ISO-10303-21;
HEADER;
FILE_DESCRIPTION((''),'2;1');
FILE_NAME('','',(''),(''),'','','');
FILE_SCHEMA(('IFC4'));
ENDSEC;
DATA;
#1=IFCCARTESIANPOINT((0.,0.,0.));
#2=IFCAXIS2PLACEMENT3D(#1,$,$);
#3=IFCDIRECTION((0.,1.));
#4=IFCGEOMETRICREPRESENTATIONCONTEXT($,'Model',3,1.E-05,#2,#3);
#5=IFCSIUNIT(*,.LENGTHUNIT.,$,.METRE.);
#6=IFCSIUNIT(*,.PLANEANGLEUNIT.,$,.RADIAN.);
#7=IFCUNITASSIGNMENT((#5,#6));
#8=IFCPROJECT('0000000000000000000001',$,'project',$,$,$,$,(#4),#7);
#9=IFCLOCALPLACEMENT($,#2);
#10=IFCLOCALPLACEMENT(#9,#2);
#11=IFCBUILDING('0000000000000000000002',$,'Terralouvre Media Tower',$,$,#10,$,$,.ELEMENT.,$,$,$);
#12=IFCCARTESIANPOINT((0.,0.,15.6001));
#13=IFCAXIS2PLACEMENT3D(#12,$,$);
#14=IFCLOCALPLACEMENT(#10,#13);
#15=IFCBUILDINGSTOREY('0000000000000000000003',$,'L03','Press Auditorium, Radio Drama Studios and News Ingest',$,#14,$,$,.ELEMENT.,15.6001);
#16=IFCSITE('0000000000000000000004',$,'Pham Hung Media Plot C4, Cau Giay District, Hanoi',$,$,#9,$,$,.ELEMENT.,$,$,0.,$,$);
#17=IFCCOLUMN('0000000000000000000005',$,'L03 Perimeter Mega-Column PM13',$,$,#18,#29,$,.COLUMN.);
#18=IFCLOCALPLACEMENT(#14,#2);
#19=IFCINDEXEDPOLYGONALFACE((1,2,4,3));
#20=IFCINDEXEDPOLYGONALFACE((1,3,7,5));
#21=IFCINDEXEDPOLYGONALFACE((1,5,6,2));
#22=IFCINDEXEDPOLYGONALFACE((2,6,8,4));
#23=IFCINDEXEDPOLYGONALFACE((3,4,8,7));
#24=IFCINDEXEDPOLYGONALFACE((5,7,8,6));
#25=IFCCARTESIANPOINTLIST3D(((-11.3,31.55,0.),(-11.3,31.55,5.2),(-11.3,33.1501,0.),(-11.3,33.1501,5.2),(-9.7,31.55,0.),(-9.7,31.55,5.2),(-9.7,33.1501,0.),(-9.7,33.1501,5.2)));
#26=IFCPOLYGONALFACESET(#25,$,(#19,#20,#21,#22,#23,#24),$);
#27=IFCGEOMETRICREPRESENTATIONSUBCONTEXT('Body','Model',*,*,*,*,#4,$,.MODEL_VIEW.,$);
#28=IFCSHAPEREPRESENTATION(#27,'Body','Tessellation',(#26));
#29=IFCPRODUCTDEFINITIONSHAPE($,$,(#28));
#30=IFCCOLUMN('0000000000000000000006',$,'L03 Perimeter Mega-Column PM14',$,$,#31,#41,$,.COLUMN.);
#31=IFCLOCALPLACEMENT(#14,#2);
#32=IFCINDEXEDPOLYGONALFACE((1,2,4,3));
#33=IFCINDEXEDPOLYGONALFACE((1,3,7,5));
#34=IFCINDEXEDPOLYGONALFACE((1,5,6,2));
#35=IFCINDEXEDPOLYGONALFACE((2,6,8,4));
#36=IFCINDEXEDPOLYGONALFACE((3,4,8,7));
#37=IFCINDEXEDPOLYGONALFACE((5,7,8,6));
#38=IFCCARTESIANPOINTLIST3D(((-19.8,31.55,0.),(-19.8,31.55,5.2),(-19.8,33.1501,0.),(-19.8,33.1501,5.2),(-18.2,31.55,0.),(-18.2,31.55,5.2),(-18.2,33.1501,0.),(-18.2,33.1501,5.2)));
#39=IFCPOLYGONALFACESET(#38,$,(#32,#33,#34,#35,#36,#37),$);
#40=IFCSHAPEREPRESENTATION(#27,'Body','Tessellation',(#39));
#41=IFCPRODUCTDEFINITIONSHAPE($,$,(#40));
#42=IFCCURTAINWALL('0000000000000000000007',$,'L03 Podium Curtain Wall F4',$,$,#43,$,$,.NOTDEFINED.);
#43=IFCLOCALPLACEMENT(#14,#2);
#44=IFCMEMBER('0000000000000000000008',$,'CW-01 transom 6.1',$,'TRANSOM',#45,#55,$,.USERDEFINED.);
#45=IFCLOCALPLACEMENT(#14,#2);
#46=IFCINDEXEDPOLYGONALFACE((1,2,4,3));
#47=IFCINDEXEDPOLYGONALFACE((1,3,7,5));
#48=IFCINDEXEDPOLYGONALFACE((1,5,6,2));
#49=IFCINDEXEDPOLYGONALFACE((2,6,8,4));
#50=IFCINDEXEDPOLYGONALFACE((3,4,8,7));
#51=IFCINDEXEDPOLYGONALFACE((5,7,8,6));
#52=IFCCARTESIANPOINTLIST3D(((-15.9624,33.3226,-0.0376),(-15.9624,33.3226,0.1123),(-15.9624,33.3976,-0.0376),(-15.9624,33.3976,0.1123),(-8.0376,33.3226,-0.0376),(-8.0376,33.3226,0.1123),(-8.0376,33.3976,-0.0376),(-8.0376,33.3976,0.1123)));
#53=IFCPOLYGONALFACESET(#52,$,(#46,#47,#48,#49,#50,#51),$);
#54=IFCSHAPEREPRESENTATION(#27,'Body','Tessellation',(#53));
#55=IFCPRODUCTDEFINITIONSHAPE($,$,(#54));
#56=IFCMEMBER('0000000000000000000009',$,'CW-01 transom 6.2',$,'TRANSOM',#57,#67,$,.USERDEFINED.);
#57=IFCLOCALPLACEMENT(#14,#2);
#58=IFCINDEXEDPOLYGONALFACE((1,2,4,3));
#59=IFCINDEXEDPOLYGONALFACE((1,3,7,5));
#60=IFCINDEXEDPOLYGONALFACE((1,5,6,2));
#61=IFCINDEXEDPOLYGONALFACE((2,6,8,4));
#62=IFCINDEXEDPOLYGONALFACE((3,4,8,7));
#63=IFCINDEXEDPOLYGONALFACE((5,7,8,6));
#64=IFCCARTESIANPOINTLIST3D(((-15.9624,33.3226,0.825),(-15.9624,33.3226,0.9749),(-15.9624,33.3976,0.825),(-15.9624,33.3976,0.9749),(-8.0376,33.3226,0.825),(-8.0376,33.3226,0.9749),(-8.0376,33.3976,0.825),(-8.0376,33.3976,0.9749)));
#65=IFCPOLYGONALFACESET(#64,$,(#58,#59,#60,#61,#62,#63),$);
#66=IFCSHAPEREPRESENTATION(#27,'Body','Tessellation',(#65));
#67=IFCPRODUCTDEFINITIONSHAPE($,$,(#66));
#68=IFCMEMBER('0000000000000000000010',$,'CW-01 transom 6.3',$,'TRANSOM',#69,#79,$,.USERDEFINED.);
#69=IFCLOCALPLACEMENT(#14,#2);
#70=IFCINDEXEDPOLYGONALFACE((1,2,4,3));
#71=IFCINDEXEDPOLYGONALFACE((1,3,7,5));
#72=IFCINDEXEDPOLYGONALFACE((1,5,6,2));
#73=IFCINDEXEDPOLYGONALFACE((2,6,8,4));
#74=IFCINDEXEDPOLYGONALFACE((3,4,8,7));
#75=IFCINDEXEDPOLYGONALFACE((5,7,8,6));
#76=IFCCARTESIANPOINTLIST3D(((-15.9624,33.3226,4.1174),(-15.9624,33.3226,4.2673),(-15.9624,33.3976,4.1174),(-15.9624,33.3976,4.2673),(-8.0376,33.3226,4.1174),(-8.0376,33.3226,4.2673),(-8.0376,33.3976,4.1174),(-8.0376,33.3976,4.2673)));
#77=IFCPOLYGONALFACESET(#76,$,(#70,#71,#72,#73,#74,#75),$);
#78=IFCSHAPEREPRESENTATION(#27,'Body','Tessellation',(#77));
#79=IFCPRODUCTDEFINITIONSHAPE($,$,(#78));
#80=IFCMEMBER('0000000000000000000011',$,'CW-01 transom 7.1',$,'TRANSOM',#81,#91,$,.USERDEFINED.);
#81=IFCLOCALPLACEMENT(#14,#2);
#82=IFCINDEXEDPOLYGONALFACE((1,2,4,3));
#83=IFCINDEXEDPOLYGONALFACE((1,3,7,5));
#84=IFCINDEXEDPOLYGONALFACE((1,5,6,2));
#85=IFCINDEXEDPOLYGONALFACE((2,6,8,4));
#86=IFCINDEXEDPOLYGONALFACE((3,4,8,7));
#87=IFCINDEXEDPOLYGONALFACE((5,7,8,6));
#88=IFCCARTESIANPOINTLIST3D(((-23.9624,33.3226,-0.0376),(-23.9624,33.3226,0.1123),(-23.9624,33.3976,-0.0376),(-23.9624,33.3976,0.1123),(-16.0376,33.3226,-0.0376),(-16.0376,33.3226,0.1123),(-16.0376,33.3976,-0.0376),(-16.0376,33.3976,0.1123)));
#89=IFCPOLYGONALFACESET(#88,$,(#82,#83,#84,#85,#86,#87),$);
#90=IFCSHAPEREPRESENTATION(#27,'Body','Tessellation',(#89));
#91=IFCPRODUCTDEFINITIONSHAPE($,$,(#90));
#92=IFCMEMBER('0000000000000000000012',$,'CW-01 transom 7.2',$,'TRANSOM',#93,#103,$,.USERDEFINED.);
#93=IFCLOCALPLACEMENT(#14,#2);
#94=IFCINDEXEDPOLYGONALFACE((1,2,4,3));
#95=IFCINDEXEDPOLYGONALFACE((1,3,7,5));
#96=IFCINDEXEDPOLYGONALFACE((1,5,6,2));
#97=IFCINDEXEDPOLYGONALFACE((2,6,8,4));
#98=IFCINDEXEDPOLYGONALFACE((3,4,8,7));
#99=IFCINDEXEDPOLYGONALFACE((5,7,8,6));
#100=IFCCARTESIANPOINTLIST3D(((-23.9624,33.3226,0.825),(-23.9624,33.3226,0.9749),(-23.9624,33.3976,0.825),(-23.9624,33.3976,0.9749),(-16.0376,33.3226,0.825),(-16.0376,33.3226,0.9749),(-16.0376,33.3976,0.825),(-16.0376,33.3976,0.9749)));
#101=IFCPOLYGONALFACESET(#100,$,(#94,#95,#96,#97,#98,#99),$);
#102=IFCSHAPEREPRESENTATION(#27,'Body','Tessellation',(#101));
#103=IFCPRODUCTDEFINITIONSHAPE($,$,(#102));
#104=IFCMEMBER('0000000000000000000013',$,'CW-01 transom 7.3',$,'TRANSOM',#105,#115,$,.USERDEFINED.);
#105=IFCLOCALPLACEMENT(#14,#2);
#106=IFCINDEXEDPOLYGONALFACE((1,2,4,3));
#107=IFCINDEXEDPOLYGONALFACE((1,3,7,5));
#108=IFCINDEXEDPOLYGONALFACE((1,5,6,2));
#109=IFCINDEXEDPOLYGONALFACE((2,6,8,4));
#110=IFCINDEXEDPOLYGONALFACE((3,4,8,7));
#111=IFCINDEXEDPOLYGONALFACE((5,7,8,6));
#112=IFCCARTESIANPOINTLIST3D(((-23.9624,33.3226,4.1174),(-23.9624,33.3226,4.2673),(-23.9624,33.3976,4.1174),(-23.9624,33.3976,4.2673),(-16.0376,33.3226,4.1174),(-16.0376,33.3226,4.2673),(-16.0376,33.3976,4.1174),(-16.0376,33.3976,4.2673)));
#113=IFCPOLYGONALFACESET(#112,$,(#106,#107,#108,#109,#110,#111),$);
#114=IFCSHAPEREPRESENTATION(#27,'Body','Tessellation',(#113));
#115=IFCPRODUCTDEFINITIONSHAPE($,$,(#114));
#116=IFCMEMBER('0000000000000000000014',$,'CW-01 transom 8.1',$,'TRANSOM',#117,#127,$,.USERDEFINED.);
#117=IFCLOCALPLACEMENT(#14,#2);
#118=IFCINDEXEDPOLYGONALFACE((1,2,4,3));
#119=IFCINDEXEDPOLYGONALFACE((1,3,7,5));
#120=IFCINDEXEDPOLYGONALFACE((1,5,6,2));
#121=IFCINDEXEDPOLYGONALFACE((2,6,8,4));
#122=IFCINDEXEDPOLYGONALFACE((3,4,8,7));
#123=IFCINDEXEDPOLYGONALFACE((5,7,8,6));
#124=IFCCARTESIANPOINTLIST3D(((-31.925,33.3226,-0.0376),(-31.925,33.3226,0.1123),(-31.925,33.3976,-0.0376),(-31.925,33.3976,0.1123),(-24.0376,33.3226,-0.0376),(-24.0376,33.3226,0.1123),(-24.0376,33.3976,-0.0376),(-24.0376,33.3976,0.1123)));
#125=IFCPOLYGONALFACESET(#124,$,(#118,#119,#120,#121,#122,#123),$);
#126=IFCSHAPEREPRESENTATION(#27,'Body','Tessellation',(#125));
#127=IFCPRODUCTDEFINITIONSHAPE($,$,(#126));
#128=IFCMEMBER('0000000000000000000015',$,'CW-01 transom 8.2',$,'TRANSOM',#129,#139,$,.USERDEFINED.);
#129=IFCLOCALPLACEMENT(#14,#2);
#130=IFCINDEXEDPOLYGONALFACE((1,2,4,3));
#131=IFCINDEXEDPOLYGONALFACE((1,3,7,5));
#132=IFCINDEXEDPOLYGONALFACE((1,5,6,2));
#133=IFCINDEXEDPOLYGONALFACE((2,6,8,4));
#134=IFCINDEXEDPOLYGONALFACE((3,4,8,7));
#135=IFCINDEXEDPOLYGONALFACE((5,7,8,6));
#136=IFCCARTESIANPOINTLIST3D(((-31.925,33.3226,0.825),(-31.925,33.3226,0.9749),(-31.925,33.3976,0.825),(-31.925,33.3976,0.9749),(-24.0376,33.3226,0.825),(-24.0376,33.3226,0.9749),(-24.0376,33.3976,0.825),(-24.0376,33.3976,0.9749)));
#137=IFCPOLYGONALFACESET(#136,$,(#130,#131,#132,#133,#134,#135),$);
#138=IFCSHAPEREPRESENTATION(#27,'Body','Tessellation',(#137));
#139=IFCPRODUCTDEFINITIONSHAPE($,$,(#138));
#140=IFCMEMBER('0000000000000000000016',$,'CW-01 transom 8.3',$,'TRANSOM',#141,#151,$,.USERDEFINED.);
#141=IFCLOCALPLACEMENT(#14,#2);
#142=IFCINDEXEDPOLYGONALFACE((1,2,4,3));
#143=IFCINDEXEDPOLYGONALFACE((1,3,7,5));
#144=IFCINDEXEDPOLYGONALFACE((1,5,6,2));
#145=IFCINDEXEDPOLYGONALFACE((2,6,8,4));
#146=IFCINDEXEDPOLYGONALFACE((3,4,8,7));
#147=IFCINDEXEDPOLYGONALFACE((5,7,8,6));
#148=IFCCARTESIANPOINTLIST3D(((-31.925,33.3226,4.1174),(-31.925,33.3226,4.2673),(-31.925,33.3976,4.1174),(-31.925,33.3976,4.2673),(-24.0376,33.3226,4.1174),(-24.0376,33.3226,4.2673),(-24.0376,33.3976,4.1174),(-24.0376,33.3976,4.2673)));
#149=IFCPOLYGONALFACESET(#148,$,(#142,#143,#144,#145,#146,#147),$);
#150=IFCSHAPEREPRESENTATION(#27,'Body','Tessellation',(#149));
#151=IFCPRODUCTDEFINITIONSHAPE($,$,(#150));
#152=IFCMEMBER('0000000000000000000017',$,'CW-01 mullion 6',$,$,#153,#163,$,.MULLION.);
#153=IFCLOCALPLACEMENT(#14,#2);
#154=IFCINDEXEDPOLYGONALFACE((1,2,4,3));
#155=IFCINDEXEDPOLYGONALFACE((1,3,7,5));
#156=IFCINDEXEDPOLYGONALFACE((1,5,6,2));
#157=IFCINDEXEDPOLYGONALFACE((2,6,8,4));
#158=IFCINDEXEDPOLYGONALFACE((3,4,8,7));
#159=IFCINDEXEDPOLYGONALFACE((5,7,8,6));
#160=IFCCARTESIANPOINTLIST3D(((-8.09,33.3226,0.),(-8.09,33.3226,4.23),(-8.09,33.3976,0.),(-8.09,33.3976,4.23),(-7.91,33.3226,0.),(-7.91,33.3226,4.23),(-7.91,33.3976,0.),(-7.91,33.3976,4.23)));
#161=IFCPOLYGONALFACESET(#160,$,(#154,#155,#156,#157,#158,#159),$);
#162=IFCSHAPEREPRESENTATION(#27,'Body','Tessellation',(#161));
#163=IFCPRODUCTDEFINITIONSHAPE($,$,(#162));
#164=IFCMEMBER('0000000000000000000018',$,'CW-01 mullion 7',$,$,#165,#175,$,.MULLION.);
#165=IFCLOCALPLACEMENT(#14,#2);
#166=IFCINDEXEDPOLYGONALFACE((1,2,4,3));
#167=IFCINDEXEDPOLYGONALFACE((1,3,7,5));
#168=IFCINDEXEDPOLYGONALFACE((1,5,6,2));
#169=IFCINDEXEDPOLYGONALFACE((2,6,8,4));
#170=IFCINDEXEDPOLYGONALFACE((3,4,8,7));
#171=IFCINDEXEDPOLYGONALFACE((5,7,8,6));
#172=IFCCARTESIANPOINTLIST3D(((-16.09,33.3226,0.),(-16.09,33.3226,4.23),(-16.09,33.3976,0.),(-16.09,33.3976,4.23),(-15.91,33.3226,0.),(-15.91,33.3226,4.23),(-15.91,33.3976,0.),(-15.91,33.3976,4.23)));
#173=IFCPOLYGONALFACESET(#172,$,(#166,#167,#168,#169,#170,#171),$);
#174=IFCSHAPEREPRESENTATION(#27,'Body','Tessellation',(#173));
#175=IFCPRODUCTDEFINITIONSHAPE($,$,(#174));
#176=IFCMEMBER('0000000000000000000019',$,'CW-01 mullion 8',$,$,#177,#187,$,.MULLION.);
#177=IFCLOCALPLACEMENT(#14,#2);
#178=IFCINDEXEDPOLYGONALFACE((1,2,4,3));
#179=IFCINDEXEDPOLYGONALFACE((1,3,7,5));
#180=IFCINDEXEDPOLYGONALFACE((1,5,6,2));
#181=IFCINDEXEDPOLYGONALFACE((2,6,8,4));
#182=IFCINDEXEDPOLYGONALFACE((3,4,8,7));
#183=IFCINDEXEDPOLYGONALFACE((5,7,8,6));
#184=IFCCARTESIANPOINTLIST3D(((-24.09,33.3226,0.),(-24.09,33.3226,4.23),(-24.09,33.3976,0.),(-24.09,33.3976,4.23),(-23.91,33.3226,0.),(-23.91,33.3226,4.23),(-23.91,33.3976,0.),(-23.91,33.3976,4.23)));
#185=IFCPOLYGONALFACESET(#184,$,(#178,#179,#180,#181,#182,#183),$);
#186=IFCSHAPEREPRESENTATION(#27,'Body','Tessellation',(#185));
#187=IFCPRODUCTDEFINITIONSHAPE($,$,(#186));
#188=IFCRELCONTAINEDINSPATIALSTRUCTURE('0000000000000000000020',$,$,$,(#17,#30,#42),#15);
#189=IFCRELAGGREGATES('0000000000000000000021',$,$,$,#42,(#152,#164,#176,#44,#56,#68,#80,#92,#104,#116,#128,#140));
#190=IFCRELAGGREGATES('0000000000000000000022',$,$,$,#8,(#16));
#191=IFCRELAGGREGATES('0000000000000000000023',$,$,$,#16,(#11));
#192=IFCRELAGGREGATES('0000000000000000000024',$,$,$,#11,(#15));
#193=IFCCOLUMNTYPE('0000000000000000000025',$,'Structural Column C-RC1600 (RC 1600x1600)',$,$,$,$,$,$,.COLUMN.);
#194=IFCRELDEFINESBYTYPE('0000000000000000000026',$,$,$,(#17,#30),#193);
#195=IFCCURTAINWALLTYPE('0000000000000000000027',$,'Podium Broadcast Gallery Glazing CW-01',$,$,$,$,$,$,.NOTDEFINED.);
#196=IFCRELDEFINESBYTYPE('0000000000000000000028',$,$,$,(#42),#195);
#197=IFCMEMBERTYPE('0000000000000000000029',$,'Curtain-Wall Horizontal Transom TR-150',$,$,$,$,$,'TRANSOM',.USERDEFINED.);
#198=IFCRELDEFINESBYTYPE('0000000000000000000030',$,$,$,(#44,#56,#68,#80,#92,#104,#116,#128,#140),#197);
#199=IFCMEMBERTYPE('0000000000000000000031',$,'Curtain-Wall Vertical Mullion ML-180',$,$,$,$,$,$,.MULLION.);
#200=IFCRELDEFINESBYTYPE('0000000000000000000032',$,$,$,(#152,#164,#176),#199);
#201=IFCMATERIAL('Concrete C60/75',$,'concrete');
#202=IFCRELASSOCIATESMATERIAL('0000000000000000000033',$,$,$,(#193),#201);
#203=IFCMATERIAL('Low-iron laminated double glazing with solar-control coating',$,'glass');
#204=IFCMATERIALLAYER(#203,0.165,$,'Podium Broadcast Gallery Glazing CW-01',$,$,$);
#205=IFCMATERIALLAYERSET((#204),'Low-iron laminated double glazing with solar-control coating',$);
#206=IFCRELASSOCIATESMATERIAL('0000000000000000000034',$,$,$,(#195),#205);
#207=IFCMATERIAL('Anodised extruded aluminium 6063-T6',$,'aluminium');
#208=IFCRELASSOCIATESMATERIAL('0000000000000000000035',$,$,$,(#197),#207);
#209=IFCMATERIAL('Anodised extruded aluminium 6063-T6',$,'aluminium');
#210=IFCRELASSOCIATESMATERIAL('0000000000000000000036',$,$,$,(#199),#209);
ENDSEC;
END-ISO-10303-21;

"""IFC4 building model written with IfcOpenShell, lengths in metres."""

from ifc_helpers import new_model, si_unit, direction, frame, origin, origin_2d, place, context, subcontext, project, spatial, rectangle, extrude, material, layer, layer_set, material_profile, profile_set, type_object, element, aggregate, save


model = new_model("IFC4")

# Units and contexts
model_context = context("Model", 3, precision=1e-05, world=origin(), true_north=direction((0.0, 1.0)))
body_context = subcontext(model_context, "Body", "Model", "MODEL_VIEW")
ifc_project = project(units=[si_unit("LENGTHUNIT", "METRE"), si_unit("PLANEANGLEUNIT", "RADIAN")], contexts=[model_context])

# Site, building, storey
site_placement = place(None, origin())
site = spatial("IfcSite", under=ifc_project, at=site_placement, Name="Pham Hung Media Plot C4, Cau Giay District, Hanoi", CompositionType="ELEMENT", RefElevation=0.0)
building_placement = place(site_placement, origin())
building = spatial("IfcBuilding", under=site, at=building_placement, Name="Terralouvre Media Tower", CompositionType="ELEMENT")
storey_placement = place(building_placement, frame((0.0, 0.0, 15.6001)))
storey = spatial("IfcBuildingStorey", under=building, at=storey_placement, Name="L03", Description="Press Auditorium, Radio Drama Studios and News Ingest", CompositionType="ELEMENT", Elevation=15.6001)

# Columns
ifc_material_1 = material(Name="Concrete C60/75", Category="concrete")
ifc_material_profile_1 = material_profile(ifc_material_1, rectangle(XDim=1.6001, YDim=1.6001, at=origin_2d()), Name="RC 1600x1600")
ifc_profile_set_1 = profile_set([ifc_material_profile_1], Name="Concrete C60/75")
column_type = type_object("IfcColumnType", Name="Structural Column C-RC1600 (RC 1600x1600)", PredefinedType="COLUMN", material=ifc_profile_set_1)
for number, where, z_axis, x_axis, name in (
    (1, (-10.5, 32.3501, 0.0), (0.0, 0.0, 1.0), (1.0, 0.0, 0.0), "L03 Perimeter Mega-Column PM13"),
    (2, (-19.0, 32.3501, 0.0), (0.0, 0.0, 1.0), (1.0, 0.0, 0.0), "L03 Perimeter Mega-Column PM14"),
):
    element("IfcColumn", number, at=place(storey_placement, frame(where, z_axis=z_axis, x_axis=x_axis)), inside=storey, type_object=column_type, Name=name, PredefinedType="COLUMN", context=body_context, shape_type="SweptSolid", body=[
        extrude(rectangle(XDim=1.6001, YDim=1.6001, at=origin_2d()), origin(), (0.0, 0.0, 1.0), 5.2),
    ])

# Curtain wall, members
ifc_material_2 = material(Name="Low-iron laminated double glazing with solar-control coating", Category="glass")
ifc_layer_1 = layer(ifc_material_2, 0.165, Name="Podium Broadcast Gallery Glazing CW-01")
ifc_layer_set_1 = layer_set([ifc_layer_1], Name="Low-iron laminated double glazing with solar-control coating")
curtain_wall_type = type_object("IfcCurtainWallType", Name="Podium Broadcast Gallery Glazing CW-01", PredefinedType="NOTDEFINED", material=ifc_layer_set_1)
curtain_wall_placement = place(storey_placement, origin())
curtain_wall = element("IfcCurtainWall", 3, at=curtain_wall_placement, inside=storey, type_object=curtain_wall_type, Name="L03 Podium Curtain Wall F4", PredefinedType="NOTDEFINED")
ifc_material_3 = material(Name="Anodised extruded aluminium 6063-T6", Category="aluminium")
ifc_material_profile_2 = material_profile(ifc_material_3, rectangle(XDim=0.075, YDim=0.1499, at=origin_2d()), Name="ALU 75x150")
ifc_profile_set_2 = profile_set([ifc_material_profile_2], Name="Anodised extruded aluminium 6063-T6")
member_type_1 = type_object("IfcMemberType", Name="Curtain-Wall Horizontal Transom TR-150", ElementType="TRANSOM", PredefinedType="USERDEFINED", material=ifc_profile_set_2)
member_1_placement = place(storey_placement, frame((-8.0376, 33.3601, 0.0374), z_axis=(-1.0, 0.0, 0.0), x_axis=(0.0, -1.0, 0.0)))
member_1 = element("IfcMember", 4, at=member_1_placement, type_object=member_type_1, Name="CW-01 transom 6.1", ObjectType="TRANSOM", PredefinedType="USERDEFINED", context=body_context, shape_type="SweptSolid", body=[
    extrude(rectangle(XDim=0.075, YDim=0.1499, at=origin_2d()), origin(), (0.0, 0.0, 1.0), 7.9248),
])
member_2_placement = place(storey_placement, frame((-8.0376, 33.3601, 0.8999), z_axis=(-1.0, 0.0, 0.0), x_axis=(0.0, -1.0, 0.0)))
member_2 = element("IfcMember", 5, at=member_2_placement, type_object=member_type_1, Name="CW-01 transom 6.2", ObjectType="TRANSOM", PredefinedType="USERDEFINED", context=body_context, shape_type="SweptSolid", body=[
    extrude(rectangle(XDim=0.075, YDim=0.1499, at=origin_2d()), origin(), (0.0, 0.0, 1.0), 7.9248),
])
member_3_placement = place(storey_placement, frame((-8.0376, 33.3601, 4.1924), z_axis=(-1.0, 0.0, 0.0), x_axis=(0.0, -1.0, 0.0)))
member_3 = element("IfcMember", 6, at=member_3_placement, type_object=member_type_1, Name="CW-01 transom 6.3", ObjectType="TRANSOM", PredefinedType="USERDEFINED", context=body_context, shape_type="SweptSolid", body=[
    extrude(rectangle(XDim=0.075, YDim=0.1499, at=origin_2d()), origin(), (0.0, 0.0, 1.0), 7.9248),
])
member_4_placement = place(storey_placement, frame((-16.0376, 33.3601, 0.0374), z_axis=(-1.0, 0.0, 0.0), x_axis=(0.0, -1.0, 0.0)))
member_4 = element("IfcMember", 7, at=member_4_placement, type_object=member_type_1, Name="CW-01 transom 7.1", ObjectType="TRANSOM", PredefinedType="USERDEFINED", context=body_context, shape_type="SweptSolid", body=[
    extrude(rectangle(XDim=0.075, YDim=0.1499, at=origin_2d()), origin(), (0.0, 0.0, 1.0), 7.9248),
])
member_5_placement = place(storey_placement, frame((-16.0376, 33.3601, 0.8999), z_axis=(-1.0, 0.0, 0.0), x_axis=(0.0, -1.0, 0.0)))
member_5 = element("IfcMember", 8, at=member_5_placement, type_object=member_type_1, Name="CW-01 transom 7.2", ObjectType="TRANSOM", PredefinedType="USERDEFINED", context=body_context, shape_type="SweptSolid", body=[
    extrude(rectangle(XDim=0.075, YDim=0.1499, at=origin_2d()), origin(), (0.0, 0.0, 1.0), 7.9248),
])
member_6_placement = place(storey_placement, frame((-16.0376, 33.3601, 4.1924), z_axis=(-1.0, 0.0, 0.0), x_axis=(0.0, -1.0, 0.0)))
member_6 = element("IfcMember", 9, at=member_6_placement, type_object=member_type_1, Name="CW-01 transom 7.3", ObjectType="TRANSOM", PredefinedType="USERDEFINED", context=body_context, shape_type="SweptSolid", body=[
    extrude(rectangle(XDim=0.075, YDim=0.1499, at=origin_2d()), origin(), (0.0, 0.0, 1.0), 7.9248),
])
member_7_placement = place(storey_placement, frame((-24.0376, 33.3601, 0.0374), z_axis=(-1.0, 0.0, 0.0), x_axis=(0.0, -1.0, 0.0)))
member_7 = element("IfcMember", 10, at=member_7_placement, type_object=member_type_1, Name="CW-01 transom 8.1", ObjectType="TRANSOM", PredefinedType="USERDEFINED", context=body_context, shape_type="SweptSolid", body=[
    extrude(rectangle(XDim=0.075, YDim=0.1499, at=origin_2d()), origin(), (0.0, 0.0, 1.0), 7.8875),
])
member_8_placement = place(storey_placement, frame((-24.0376, 33.3601, 0.8999), z_axis=(-1.0, 0.0, 0.0), x_axis=(0.0, -1.0, 0.0)))
member_8 = element("IfcMember", 11, at=member_8_placement, type_object=member_type_1, Name="CW-01 transom 8.2", ObjectType="TRANSOM", PredefinedType="USERDEFINED", context=body_context, shape_type="SweptSolid", body=[
    extrude(rectangle(XDim=0.075, YDim=0.1499, at=origin_2d()), origin(), (0.0, 0.0, 1.0), 7.8875),
])
member_9_placement = place(storey_placement, frame((-24.0376, 33.3601, 4.1924), z_axis=(-1.0, 0.0, 0.0), x_axis=(0.0, -1.0, 0.0)))
member_9 = element("IfcMember", 12, at=member_9_placement, type_object=member_type_1, Name="CW-01 transom 8.3", ObjectType="TRANSOM", PredefinedType="USERDEFINED", context=body_context, shape_type="SweptSolid", body=[
    extrude(rectangle(XDim=0.075, YDim=0.1499, at=origin_2d()), origin(), (0.0, 0.0, 1.0), 7.8875),
])
ifc_material_4 = material(Name="Anodised extruded aluminium 6063-T6", Category="aluminium")
ifc_material_profile_3 = material_profile(ifc_material_4, rectangle(XDim=0.075, YDim=0.1799, at=origin_2d()), Name="ALU 75x180")
ifc_profile_set_3 = profile_set([ifc_material_profile_3], Name="Anodised extruded aluminium 6063-T6")
member_type_2 = type_object("IfcMemberType", Name="Curtain-Wall Vertical Mullion ML-180", PredefinedType="MULLION", material=ifc_profile_set_3)
member_10_placement = place(storey_placement, frame((-8.0, 33.3601, 0.0), z_axis=(0.0, 0.0, 1.0), x_axis=(0.0, -1.0, 0.0)))
member_10 = element("IfcMember", 13, at=member_10_placement, type_object=member_type_2, Name="CW-01 mullion 6", PredefinedType="MULLION", context=body_context, shape_type="SweptSolid", body=[
    extrude(rectangle(XDim=0.075, YDim=0.1799, at=origin_2d()), origin(), (0.0, 0.0, 1.0), 4.23),
])
member_11_placement = place(storey_placement, frame((-16.0, 33.3601, 0.0), z_axis=(0.0, 0.0, 1.0), x_axis=(0.0, -1.0, 0.0)))
member_11 = element("IfcMember", 14, at=member_11_placement, type_object=member_type_2, Name="CW-01 mullion 7", PredefinedType="MULLION", context=body_context, shape_type="SweptSolid", body=[
    extrude(rectangle(XDim=0.075, YDim=0.1799, at=origin_2d()), origin(), (0.0, 0.0, 1.0), 4.23),
])
member_12_placement = place(storey_placement, frame((-24.0, 33.3601, 0.0), z_axis=(0.0, 0.0, 1.0), x_axis=(0.0, -1.0, 0.0)))
member_12 = element("IfcMember", 15, at=member_12_placement, type_object=member_type_2, Name="CW-01 mullion 8", PredefinedType="MULLION", context=body_context, shape_type="SweptSolid", body=[
    extrude(rectangle(XDim=0.075, YDim=0.1799, at=origin_2d()), origin(), (0.0, 0.0, 1.0), 4.23),
])

aggregate(curtain_wall, [member_10, member_11, member_12, member_1, member_2, member_3, member_4, member_5, member_6, member_7, member_8, member_9])

save(model, "model.ifc")
